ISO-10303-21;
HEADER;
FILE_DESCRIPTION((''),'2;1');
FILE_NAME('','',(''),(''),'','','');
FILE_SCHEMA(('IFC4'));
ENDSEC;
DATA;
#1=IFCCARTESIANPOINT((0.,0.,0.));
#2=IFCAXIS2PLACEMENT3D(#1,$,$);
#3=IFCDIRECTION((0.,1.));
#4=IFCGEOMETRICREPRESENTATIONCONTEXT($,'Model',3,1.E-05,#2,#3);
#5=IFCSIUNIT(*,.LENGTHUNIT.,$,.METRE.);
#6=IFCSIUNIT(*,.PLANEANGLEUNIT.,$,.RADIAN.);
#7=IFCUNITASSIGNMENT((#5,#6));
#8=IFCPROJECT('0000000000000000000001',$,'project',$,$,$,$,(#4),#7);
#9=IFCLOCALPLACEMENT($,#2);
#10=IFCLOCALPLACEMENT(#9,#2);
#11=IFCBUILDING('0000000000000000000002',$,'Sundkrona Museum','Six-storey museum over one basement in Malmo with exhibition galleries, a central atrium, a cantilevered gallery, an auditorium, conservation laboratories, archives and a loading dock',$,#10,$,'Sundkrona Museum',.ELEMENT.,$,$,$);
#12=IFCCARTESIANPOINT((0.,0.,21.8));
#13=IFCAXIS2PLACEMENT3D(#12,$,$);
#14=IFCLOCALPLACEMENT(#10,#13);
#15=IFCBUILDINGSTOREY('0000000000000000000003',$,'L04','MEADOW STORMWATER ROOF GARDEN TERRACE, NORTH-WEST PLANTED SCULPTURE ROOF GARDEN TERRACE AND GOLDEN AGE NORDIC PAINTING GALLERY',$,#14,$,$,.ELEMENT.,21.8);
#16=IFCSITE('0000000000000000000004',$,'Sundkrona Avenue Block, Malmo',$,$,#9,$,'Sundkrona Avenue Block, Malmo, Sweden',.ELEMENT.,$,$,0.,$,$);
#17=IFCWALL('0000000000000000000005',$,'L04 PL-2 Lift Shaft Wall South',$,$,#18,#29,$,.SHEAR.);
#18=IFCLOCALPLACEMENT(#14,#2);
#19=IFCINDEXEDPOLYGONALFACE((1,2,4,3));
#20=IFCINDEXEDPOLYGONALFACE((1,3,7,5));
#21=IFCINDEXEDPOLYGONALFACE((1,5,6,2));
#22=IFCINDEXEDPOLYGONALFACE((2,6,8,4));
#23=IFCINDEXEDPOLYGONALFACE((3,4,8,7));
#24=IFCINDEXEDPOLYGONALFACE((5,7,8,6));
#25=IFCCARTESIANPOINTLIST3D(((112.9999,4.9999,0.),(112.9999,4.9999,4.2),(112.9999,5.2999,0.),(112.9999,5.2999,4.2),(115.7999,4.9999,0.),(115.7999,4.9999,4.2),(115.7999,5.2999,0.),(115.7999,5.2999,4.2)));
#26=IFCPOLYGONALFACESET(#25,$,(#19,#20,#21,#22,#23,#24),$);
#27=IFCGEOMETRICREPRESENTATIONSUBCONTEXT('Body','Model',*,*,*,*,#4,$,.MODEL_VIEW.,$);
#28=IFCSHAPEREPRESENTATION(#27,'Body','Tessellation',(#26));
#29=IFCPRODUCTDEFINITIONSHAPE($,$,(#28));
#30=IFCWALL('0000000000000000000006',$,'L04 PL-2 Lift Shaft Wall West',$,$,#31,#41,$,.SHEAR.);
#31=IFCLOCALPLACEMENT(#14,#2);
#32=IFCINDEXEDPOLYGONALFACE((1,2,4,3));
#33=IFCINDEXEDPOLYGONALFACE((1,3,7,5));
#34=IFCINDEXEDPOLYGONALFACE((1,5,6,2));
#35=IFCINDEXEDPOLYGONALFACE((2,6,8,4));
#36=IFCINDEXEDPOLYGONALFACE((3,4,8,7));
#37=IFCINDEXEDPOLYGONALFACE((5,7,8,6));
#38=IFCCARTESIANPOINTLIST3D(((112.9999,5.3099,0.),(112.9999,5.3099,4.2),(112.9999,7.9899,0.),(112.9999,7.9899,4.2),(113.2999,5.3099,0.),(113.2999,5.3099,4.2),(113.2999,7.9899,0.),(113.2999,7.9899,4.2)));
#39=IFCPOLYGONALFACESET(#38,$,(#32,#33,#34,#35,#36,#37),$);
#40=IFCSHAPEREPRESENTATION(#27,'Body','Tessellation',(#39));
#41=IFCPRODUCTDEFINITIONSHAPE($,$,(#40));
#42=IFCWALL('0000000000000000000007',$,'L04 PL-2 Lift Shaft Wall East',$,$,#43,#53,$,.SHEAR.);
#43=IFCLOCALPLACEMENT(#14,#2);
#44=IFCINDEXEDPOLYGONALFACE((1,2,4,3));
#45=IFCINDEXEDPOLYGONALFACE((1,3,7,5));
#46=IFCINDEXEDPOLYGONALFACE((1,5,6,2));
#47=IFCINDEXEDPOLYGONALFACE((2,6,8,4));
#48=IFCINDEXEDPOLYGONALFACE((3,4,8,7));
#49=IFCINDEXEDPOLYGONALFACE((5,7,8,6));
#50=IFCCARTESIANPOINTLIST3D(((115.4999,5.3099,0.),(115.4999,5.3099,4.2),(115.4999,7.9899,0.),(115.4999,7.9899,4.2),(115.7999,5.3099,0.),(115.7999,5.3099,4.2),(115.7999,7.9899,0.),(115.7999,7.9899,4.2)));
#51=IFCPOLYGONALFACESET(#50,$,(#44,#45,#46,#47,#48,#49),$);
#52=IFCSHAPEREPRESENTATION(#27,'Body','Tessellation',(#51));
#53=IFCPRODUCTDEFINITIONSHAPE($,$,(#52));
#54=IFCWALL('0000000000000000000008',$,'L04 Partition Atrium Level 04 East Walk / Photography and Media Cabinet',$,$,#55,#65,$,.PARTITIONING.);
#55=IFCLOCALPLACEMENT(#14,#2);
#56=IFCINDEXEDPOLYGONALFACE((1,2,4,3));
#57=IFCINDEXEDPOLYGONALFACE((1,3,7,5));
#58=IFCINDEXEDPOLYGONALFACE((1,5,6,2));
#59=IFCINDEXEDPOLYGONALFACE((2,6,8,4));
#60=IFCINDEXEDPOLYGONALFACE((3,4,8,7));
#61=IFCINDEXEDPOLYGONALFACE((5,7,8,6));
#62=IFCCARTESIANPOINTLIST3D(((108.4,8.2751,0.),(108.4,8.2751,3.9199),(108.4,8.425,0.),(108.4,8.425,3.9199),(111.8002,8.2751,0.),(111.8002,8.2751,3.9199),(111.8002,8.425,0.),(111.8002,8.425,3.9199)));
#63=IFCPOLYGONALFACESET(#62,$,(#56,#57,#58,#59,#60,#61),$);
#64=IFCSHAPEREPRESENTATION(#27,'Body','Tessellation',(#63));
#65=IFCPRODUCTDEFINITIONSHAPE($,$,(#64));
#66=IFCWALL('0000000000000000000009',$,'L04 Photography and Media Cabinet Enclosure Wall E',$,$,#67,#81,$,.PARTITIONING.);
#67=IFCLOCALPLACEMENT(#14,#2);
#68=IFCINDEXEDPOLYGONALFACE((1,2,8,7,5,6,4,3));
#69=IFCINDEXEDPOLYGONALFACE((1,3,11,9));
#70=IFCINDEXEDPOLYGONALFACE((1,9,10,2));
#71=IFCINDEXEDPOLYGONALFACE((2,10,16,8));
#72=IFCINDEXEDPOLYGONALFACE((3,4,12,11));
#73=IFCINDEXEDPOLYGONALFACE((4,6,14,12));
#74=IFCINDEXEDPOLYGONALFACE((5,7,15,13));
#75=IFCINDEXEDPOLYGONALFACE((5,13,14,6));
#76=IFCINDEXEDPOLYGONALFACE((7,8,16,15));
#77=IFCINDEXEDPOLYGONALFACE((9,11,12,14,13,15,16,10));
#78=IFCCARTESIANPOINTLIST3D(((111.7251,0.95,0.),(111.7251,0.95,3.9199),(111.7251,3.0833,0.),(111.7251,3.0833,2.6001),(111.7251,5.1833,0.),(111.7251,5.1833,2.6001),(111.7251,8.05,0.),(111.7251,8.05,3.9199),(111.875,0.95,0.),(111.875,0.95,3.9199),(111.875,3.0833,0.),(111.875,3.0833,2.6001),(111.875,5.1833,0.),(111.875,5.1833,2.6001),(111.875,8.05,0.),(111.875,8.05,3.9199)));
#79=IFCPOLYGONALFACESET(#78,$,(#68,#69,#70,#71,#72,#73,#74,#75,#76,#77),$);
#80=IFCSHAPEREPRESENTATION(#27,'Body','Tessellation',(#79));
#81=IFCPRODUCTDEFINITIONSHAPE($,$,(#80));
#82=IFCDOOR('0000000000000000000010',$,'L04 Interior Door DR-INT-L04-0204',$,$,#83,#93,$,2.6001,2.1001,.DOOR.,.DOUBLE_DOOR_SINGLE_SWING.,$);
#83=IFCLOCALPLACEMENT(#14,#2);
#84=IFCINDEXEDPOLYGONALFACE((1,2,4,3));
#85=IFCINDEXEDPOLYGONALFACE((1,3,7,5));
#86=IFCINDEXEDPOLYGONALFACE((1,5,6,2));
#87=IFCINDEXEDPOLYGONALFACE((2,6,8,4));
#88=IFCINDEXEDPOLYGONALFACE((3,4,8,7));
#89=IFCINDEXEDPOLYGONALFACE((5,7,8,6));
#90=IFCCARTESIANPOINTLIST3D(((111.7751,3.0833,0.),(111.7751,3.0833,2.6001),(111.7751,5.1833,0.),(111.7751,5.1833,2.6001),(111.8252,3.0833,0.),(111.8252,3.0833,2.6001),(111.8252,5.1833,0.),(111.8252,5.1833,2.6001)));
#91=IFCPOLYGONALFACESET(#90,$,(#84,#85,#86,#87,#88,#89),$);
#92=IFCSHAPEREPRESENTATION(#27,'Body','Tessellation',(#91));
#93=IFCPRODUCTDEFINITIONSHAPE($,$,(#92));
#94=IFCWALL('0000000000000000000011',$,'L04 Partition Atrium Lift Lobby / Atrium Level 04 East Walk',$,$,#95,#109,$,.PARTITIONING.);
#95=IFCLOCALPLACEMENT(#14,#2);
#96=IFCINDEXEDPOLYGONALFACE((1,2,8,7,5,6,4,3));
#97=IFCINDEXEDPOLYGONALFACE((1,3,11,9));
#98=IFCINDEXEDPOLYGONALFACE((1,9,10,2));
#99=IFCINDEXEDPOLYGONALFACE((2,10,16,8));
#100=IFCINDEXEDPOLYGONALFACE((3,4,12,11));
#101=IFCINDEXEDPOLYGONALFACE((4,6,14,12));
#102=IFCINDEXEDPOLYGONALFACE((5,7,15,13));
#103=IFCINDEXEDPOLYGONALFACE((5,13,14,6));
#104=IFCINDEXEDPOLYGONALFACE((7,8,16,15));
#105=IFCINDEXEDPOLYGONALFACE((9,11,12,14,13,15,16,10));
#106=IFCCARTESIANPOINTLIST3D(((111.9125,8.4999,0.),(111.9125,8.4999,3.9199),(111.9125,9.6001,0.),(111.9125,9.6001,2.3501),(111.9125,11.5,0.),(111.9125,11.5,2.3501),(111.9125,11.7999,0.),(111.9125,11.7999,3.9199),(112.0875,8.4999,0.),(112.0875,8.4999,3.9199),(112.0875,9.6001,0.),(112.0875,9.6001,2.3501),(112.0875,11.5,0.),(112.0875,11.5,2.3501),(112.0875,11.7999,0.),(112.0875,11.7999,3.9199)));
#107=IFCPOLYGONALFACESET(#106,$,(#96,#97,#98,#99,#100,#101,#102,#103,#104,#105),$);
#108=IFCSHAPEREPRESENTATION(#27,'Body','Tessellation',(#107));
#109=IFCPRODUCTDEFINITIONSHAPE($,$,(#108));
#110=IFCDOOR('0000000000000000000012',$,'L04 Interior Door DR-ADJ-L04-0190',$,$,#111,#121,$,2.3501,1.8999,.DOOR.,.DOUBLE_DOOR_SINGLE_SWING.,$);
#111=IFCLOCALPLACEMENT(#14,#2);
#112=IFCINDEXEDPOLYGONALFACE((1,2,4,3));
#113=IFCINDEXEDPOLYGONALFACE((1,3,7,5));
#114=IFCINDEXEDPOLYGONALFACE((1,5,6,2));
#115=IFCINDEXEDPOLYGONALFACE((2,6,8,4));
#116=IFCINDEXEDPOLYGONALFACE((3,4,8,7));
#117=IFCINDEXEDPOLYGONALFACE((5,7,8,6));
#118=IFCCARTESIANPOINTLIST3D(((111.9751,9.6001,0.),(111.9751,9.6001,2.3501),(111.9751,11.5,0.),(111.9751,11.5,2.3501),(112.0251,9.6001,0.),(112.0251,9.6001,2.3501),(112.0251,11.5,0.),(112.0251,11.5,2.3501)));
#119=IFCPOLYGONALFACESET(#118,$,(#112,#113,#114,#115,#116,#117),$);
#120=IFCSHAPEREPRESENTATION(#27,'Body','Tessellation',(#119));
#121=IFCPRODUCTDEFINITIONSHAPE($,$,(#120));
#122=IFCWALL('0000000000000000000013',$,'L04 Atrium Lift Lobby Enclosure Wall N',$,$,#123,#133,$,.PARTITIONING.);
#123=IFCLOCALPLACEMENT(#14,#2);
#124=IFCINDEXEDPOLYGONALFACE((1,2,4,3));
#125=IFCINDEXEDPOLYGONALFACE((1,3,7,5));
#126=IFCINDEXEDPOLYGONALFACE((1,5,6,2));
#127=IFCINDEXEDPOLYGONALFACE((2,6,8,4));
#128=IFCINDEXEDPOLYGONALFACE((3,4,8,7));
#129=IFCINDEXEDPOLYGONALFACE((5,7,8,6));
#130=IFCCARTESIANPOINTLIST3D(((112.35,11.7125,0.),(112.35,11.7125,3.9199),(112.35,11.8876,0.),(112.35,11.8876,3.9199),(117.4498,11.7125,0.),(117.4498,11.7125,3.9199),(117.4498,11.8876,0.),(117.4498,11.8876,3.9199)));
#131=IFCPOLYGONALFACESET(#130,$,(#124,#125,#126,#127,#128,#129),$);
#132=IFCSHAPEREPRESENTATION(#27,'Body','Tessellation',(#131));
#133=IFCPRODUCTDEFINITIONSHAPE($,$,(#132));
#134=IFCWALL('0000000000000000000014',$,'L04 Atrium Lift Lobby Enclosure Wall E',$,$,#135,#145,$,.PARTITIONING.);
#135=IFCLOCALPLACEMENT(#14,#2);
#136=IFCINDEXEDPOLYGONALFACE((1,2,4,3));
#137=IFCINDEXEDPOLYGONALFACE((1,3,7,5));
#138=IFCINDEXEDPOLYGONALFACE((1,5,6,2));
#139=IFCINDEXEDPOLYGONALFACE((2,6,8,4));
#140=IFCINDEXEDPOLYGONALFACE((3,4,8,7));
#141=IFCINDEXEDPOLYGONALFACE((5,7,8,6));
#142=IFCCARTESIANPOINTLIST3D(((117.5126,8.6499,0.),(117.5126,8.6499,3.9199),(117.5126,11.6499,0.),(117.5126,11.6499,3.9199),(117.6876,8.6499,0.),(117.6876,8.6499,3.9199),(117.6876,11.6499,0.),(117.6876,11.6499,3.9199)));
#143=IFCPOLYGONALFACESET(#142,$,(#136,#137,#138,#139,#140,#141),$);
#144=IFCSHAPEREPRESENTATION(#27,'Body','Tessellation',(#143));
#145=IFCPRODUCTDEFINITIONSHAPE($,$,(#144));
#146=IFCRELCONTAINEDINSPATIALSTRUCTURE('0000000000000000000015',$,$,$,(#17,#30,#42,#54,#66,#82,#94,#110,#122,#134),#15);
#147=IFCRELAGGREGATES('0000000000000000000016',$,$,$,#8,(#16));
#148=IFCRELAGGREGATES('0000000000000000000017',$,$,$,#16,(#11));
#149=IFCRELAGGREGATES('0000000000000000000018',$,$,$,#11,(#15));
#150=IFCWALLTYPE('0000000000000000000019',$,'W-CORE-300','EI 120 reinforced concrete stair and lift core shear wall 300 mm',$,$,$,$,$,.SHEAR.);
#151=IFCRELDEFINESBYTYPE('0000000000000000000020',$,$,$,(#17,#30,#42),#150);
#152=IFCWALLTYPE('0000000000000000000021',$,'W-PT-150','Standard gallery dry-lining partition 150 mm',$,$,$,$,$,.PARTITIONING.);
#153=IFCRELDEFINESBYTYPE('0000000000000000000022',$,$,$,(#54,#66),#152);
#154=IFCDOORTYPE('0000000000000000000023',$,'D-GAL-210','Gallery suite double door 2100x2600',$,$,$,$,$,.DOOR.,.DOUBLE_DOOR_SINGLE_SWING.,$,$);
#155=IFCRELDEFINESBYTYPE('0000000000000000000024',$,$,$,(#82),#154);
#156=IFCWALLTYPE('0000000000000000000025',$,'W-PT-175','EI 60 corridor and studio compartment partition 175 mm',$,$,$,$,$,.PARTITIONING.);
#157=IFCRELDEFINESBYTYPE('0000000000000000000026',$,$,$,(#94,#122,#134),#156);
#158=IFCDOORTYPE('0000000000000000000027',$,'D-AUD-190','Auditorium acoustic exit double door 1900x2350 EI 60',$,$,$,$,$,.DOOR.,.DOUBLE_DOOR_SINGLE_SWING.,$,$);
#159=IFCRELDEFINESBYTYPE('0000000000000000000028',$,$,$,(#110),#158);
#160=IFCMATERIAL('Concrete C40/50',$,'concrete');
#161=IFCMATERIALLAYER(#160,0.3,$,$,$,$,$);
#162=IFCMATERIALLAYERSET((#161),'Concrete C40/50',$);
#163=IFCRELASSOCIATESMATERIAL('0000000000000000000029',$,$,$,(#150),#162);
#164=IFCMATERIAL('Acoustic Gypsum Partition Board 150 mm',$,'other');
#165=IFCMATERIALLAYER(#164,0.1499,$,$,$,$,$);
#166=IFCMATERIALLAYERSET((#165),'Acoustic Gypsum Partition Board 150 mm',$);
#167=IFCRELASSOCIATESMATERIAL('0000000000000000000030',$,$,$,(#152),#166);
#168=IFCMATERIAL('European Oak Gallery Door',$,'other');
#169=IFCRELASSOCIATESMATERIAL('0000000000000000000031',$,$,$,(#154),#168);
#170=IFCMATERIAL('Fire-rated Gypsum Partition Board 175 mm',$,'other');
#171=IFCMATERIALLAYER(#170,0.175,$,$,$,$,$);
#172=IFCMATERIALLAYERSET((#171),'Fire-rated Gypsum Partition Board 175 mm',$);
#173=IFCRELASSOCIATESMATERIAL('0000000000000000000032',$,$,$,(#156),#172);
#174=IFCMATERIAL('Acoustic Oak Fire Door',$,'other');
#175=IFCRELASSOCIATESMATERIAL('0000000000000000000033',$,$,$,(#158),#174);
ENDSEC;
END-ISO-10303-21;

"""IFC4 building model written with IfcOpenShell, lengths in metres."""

from ifc_helpers import new_model, si_unit, direction, frame, frame_2d, origin, place, context, subcontext, project, spatial, rectangle, extrude, material, layer, layer_set, type_object, element, fill, save


model = new_model("IFC4")

# Units and contexts
model_context = context("Model", 3, precision=1e-05, world=origin(), true_north=direction((0.0, 1.0)))
body_context = subcontext(model_context, "Body", "Model", "MODEL_VIEW")
ifc_project = project(units=[si_unit("LENGTHUNIT", "METRE"), si_unit("PLANEANGLEUNIT", "RADIAN")], contexts=[model_context])

# Site, building, storey
site_placement = place(None, origin())
site = spatial("IfcSite", under=ifc_project, at=site_placement, Name="Sundkrona Avenue Block, Malmo", LongName="Sundkrona Avenue Block, Malmo, Sweden", CompositionType="ELEMENT", RefElevation=0.0)
building_placement = place(site_placement, origin())
building = spatial("IfcBuilding", under=site, at=building_placement, Name="Sundkrona Museum", Description="Six-storey museum over one basement in Malmo with exhibition galleries, a central atrium, a cantilevered gallery, an auditorium, conservation laboratories, archives and a loading dock", LongName="Sundkrona Museum", CompositionType="ELEMENT")
storey_placement = place(building_placement, frame((0.0, 0.0, 21.8)))
storey = spatial("IfcBuildingStorey", under=building, at=storey_placement, Name="L04", Description="MEADOW STORMWATER ROOF GARDEN TERRACE, NORTH-WEST PLANTED SCULPTURE ROOF GARDEN TERRACE AND GOLDEN AGE NORDIC PAINTING GALLERY", CompositionType="ELEMENT", Elevation=21.8)

# Wall
ifc_material_1 = material(Name="Concrete C40/50", Category="concrete")
ifc_layer_1 = layer(ifc_material_1, 0.3)
ifc_layer_set_1 = layer_set([ifc_layer_1], Name="Concrete C40/50")
wall_type_1 = type_object("IfcWallType", Name="W-CORE-300", Description="EI 120 reinforced concrete stair and lift core shear wall 300 mm", PredefinedType="SHEAR", material=ifc_layer_set_1)
wall_1_placement = place(storey_placement, frame((113.0, 5.1499, 0.0), z_axis=(0.0, 0.0, 1.0), x_axis=(1.0, 0.0, 0.0)))
element("IfcWall", 1, at=wall_1_placement, inside=storey, type_object=wall_type_1, Name="L04 PL-2 Lift Shaft Wall South", PredefinedType="SHEAR", context=body_context, shape_type="SweptSolid", body=[
    extrude(rectangle(XDim=2.8, YDim=0.3, at=frame_2d((1.3999, 0.0))), origin(), (0.0, 0.0, 1.0), 4.2),
])

# Walls
for number, where, z_axis, x_axis, name in (
    (2, (113.1499, 5.3101, 0.0), (0.0, 0.0, 1.0), (0.0, 1.0, 0.0), "L04 PL-2 Lift Shaft Wall West"),
    (3, (115.6499, 5.3101, 0.0), (0.0, 0.0, 1.0), (0.0, 1.0, 0.0), "L04 PL-2 Lift Shaft Wall East"),
):
    element("IfcWall", number, at=place(storey_placement, frame(where, z_axis=z_axis, x_axis=x_axis)), inside=storey, type_object=wall_type_1, Name=name, PredefinedType="SHEAR", context=body_context, shape_type="SweptSolid", body=[
        extrude(rectangle(XDim=2.6799, YDim=0.3, at=frame_2d((1.3398, 0.0))), origin(), (0.0, 0.0, 1.0), 4.2),
    ])
ifc_material_2 = material(Name="Acoustic Gypsum Partition Board 150 mm", Category="other")
ifc_layer_2 = layer(ifc_material_2, 0.1499)
ifc_layer_set_2 = layer_set([ifc_layer_2], Name="Acoustic Gypsum Partition Board 150 mm")
wall_type_2 = type_object("IfcWallType", Name="W-PT-150", Description="Standard gallery dry-lining partition 150 mm", PredefinedType="PARTITIONING", material=ifc_layer_set_2)
wall_2_placement = place(storey_placement, frame((108.3999, 8.3501, 0.0), z_axis=(0.0, 0.0, 1.0), x_axis=(1.0, 0.0, 0.0)))
element("IfcWall", 4, at=wall_2_placement, inside=storey, type_object=wall_type_2, Name="L04 Partition Atrium Level 04 East Walk / Photography and Media Cabinet", PredefinedType="PARTITIONING", context=body_context, shape_type="SweptSolid", body=[
    extrude(rectangle(XDim=3.4001, YDim=0.1499, at=frame_2d((1.7002, 0.0))), origin(), (0.0, 0.0, 1.0), 3.9199),
])

# Walls, openings, doors
wall_3_placement = place(storey_placement, frame((111.8, 0.95, 0.0), z_axis=(0.0, 0.0, 1.0), x_axis=(0.0, 1.0, 0.0)))
wall_3 = element("IfcWall", 5, at=wall_3_placement, inside=storey, type_object=wall_type_2, Name="L04 Photography and Media Cabinet Enclosure Wall E", PredefinedType="PARTITIONING", context=body_context, shape_type="SweptSolid", body=[
    extrude(rectangle(XDim=7.1001, YDim=0.1499, at=frame_2d((3.55, 0.0))), origin(), (0.0, 0.0, 1.0), 3.9199),
])
opening_1_placement = place(wall_3_placement, frame((2.1333, 0.0, 0.0)))
opening_1 = element("IfcOpeningElement", 6, at=opening_1_placement, cuts=wall_3, PredefinedType="OPENING", context=body_context, shape_type="SweptSolid", body=[
    extrude(rectangle(XDim=2.1001, YDim=2.6001, at=frame_2d((1.05, 1.3))), frame((0.0, 0.085, 0.0), z_axis=(0.0, -1.0, 0.0), x_axis=(1.0, 0.0, 0.0)), (0.0, 0.0, 1.0), 0.1699),
])
ifc_material_3 = material(Name="European Oak Gallery Door", Category="other")
door_type_1 = type_object("IfcDoorType", Name="D-GAL-210", Description="Gallery suite double door 2100x2600", OperationType="DOUBLE_DOOR_SINGLE_SWING", PredefinedType="DOOR", material=ifc_material_3)
door_1_placement = place(opening_1_placement, origin())
door_1 = element("IfcDoor", 7, at=door_1_placement, inside=storey, type_object=door_type_1, Name="L04 Interior Door DR-INT-L04-0204", OperationType="DOUBLE_DOOR_SINGLE_SWING", OverallHeight=2.6001, OverallWidth=2.1001, PredefinedType="DOOR", context=body_context, shape_type="SweptSolid", body=[
    extrude(rectangle(XDim=2.1001, YDim=2.6001, at=frame_2d((1.05, 1.3))), frame((0.0, 0.0249, 0.0), z_axis=(0.0, -1.0, 0.0), x_axis=(1.0, 0.0, 0.0)), (0.0, 0.0, 1.0), 0.05),
])
fill(opening_1, door_1)
ifc_material_4 = material(Name="Fire-rated Gypsum Partition Board 175 mm", Category="other")
ifc_layer_3 = layer(ifc_material_4, 0.175)
ifc_layer_set_3 = layer_set([ifc_layer_3], Name="Fire-rated Gypsum Partition Board 175 mm")
wall_type_3 = type_object("IfcWallType", Name="W-PT-175", Description="EI 60 corridor and studio compartment partition 175 mm", PredefinedType="PARTITIONING", material=ifc_layer_set_3)
wall_4_placement = place(storey_placement, frame((112.0, 8.5, 0.0), z_axis=(0.0, 0.0, 1.0), x_axis=(0.0, 1.0, 0.0)))
wall_4 = element("IfcWall", 8, at=wall_4_placement, inside=storey, type_object=wall_type_3, Name="L04 Partition Atrium Lift Lobby / Atrium Level 04 East Walk", PredefinedType="PARTITIONING", context=body_context, shape_type="SweptSolid", body=[
    extrude(rectangle(XDim=3.3, YDim=0.175, at=frame_2d((1.6499, 0.0))), origin(), (0.0, 0.0, 1.0), 3.9199),
])
opening_2_placement = place(wall_4_placement, frame((1.1001, 0.0, 0.0)))
opening_2 = element("IfcOpeningElement", 9, at=opening_2_placement, cuts=wall_4, PredefinedType="OPENING", context=body_context, shape_type="SweptSolid", body=[
    extrude(rectangle(XDim=1.8999, YDim=2.3501, at=frame_2d((0.95, 1.175))), frame((0.0, 0.0974, 0.0), z_axis=(0.0, -1.0, 0.0), x_axis=(1.0, 0.0, 0.0)), (0.0, 0.0, 1.0), 0.1951),
])
ifc_material_5 = material(Name="Acoustic Oak Fire Door", Category="other")
door_type_2 = type_object("IfcDoorType", Name="D-AUD-190", Description="Auditorium acoustic exit double door 1900x2350 EI 60", OperationType="DOUBLE_DOOR_SINGLE_SWING", PredefinedType="DOOR", material=ifc_material_5)
door_2_placement = place(opening_2_placement, origin())
door_2 = element("IfcDoor", 10, at=door_2_placement, inside=storey, type_object=door_type_2, Name="L04 Interior Door DR-ADJ-L04-0190", OperationType="DOUBLE_DOOR_SINGLE_SWING", OverallHeight=2.3501, OverallWidth=1.8999, PredefinedType="DOOR", context=body_context, shape_type="SweptSolid", body=[
    extrude(rectangle(XDim=1.8999, YDim=2.3501, at=frame_2d((0.95, 1.175))), frame((0.0, 0.0249, 0.0), z_axis=(0.0, -1.0, 0.0), x_axis=(1.0, 0.0, 0.0)), (0.0, 0.0, 1.0), 0.05),
])
fill(opening_2, door_2)

# Walls
wall_5_placement = place(storey_placement, frame((112.3501, 11.8, 0.0), z_axis=(0.0, 0.0, 1.0), x_axis=(1.0, 0.0, 0.0)))
element("IfcWall", 11, at=wall_5_placement, inside=storey, type_object=wall_type_3, Name="L04 Atrium Lift Lobby Enclosure Wall N", PredefinedType="PARTITIONING", context=body_context, shape_type="SweptSolid", body=[
    extrude(rectangle(XDim=5.0999, YDim=0.175, at=frame_2d((2.5498, 0.0))), origin(), (0.0, 0.0, 1.0), 3.9199),
])
wall_6_placement = place(storey_placement, frame((117.6001, 8.6499, 0.0), z_axis=(0.0, 0.0, 1.0), x_axis=(0.0, 1.0, 0.0)))
element("IfcWall", 12, at=wall_6_placement, inside=storey, type_object=wall_type_3, Name="L04 Atrium Lift Lobby Enclosure Wall E", PredefinedType="PARTITIONING", context=body_context, shape_type="SweptSolid", body=[
    extrude(rectangle(XDim=3.0, YDim=0.175, at=frame_2d((1.5, 0.0))), origin(), (0.0, 0.0, 1.0), 3.9199),
])

save(model, "model.ifc")
